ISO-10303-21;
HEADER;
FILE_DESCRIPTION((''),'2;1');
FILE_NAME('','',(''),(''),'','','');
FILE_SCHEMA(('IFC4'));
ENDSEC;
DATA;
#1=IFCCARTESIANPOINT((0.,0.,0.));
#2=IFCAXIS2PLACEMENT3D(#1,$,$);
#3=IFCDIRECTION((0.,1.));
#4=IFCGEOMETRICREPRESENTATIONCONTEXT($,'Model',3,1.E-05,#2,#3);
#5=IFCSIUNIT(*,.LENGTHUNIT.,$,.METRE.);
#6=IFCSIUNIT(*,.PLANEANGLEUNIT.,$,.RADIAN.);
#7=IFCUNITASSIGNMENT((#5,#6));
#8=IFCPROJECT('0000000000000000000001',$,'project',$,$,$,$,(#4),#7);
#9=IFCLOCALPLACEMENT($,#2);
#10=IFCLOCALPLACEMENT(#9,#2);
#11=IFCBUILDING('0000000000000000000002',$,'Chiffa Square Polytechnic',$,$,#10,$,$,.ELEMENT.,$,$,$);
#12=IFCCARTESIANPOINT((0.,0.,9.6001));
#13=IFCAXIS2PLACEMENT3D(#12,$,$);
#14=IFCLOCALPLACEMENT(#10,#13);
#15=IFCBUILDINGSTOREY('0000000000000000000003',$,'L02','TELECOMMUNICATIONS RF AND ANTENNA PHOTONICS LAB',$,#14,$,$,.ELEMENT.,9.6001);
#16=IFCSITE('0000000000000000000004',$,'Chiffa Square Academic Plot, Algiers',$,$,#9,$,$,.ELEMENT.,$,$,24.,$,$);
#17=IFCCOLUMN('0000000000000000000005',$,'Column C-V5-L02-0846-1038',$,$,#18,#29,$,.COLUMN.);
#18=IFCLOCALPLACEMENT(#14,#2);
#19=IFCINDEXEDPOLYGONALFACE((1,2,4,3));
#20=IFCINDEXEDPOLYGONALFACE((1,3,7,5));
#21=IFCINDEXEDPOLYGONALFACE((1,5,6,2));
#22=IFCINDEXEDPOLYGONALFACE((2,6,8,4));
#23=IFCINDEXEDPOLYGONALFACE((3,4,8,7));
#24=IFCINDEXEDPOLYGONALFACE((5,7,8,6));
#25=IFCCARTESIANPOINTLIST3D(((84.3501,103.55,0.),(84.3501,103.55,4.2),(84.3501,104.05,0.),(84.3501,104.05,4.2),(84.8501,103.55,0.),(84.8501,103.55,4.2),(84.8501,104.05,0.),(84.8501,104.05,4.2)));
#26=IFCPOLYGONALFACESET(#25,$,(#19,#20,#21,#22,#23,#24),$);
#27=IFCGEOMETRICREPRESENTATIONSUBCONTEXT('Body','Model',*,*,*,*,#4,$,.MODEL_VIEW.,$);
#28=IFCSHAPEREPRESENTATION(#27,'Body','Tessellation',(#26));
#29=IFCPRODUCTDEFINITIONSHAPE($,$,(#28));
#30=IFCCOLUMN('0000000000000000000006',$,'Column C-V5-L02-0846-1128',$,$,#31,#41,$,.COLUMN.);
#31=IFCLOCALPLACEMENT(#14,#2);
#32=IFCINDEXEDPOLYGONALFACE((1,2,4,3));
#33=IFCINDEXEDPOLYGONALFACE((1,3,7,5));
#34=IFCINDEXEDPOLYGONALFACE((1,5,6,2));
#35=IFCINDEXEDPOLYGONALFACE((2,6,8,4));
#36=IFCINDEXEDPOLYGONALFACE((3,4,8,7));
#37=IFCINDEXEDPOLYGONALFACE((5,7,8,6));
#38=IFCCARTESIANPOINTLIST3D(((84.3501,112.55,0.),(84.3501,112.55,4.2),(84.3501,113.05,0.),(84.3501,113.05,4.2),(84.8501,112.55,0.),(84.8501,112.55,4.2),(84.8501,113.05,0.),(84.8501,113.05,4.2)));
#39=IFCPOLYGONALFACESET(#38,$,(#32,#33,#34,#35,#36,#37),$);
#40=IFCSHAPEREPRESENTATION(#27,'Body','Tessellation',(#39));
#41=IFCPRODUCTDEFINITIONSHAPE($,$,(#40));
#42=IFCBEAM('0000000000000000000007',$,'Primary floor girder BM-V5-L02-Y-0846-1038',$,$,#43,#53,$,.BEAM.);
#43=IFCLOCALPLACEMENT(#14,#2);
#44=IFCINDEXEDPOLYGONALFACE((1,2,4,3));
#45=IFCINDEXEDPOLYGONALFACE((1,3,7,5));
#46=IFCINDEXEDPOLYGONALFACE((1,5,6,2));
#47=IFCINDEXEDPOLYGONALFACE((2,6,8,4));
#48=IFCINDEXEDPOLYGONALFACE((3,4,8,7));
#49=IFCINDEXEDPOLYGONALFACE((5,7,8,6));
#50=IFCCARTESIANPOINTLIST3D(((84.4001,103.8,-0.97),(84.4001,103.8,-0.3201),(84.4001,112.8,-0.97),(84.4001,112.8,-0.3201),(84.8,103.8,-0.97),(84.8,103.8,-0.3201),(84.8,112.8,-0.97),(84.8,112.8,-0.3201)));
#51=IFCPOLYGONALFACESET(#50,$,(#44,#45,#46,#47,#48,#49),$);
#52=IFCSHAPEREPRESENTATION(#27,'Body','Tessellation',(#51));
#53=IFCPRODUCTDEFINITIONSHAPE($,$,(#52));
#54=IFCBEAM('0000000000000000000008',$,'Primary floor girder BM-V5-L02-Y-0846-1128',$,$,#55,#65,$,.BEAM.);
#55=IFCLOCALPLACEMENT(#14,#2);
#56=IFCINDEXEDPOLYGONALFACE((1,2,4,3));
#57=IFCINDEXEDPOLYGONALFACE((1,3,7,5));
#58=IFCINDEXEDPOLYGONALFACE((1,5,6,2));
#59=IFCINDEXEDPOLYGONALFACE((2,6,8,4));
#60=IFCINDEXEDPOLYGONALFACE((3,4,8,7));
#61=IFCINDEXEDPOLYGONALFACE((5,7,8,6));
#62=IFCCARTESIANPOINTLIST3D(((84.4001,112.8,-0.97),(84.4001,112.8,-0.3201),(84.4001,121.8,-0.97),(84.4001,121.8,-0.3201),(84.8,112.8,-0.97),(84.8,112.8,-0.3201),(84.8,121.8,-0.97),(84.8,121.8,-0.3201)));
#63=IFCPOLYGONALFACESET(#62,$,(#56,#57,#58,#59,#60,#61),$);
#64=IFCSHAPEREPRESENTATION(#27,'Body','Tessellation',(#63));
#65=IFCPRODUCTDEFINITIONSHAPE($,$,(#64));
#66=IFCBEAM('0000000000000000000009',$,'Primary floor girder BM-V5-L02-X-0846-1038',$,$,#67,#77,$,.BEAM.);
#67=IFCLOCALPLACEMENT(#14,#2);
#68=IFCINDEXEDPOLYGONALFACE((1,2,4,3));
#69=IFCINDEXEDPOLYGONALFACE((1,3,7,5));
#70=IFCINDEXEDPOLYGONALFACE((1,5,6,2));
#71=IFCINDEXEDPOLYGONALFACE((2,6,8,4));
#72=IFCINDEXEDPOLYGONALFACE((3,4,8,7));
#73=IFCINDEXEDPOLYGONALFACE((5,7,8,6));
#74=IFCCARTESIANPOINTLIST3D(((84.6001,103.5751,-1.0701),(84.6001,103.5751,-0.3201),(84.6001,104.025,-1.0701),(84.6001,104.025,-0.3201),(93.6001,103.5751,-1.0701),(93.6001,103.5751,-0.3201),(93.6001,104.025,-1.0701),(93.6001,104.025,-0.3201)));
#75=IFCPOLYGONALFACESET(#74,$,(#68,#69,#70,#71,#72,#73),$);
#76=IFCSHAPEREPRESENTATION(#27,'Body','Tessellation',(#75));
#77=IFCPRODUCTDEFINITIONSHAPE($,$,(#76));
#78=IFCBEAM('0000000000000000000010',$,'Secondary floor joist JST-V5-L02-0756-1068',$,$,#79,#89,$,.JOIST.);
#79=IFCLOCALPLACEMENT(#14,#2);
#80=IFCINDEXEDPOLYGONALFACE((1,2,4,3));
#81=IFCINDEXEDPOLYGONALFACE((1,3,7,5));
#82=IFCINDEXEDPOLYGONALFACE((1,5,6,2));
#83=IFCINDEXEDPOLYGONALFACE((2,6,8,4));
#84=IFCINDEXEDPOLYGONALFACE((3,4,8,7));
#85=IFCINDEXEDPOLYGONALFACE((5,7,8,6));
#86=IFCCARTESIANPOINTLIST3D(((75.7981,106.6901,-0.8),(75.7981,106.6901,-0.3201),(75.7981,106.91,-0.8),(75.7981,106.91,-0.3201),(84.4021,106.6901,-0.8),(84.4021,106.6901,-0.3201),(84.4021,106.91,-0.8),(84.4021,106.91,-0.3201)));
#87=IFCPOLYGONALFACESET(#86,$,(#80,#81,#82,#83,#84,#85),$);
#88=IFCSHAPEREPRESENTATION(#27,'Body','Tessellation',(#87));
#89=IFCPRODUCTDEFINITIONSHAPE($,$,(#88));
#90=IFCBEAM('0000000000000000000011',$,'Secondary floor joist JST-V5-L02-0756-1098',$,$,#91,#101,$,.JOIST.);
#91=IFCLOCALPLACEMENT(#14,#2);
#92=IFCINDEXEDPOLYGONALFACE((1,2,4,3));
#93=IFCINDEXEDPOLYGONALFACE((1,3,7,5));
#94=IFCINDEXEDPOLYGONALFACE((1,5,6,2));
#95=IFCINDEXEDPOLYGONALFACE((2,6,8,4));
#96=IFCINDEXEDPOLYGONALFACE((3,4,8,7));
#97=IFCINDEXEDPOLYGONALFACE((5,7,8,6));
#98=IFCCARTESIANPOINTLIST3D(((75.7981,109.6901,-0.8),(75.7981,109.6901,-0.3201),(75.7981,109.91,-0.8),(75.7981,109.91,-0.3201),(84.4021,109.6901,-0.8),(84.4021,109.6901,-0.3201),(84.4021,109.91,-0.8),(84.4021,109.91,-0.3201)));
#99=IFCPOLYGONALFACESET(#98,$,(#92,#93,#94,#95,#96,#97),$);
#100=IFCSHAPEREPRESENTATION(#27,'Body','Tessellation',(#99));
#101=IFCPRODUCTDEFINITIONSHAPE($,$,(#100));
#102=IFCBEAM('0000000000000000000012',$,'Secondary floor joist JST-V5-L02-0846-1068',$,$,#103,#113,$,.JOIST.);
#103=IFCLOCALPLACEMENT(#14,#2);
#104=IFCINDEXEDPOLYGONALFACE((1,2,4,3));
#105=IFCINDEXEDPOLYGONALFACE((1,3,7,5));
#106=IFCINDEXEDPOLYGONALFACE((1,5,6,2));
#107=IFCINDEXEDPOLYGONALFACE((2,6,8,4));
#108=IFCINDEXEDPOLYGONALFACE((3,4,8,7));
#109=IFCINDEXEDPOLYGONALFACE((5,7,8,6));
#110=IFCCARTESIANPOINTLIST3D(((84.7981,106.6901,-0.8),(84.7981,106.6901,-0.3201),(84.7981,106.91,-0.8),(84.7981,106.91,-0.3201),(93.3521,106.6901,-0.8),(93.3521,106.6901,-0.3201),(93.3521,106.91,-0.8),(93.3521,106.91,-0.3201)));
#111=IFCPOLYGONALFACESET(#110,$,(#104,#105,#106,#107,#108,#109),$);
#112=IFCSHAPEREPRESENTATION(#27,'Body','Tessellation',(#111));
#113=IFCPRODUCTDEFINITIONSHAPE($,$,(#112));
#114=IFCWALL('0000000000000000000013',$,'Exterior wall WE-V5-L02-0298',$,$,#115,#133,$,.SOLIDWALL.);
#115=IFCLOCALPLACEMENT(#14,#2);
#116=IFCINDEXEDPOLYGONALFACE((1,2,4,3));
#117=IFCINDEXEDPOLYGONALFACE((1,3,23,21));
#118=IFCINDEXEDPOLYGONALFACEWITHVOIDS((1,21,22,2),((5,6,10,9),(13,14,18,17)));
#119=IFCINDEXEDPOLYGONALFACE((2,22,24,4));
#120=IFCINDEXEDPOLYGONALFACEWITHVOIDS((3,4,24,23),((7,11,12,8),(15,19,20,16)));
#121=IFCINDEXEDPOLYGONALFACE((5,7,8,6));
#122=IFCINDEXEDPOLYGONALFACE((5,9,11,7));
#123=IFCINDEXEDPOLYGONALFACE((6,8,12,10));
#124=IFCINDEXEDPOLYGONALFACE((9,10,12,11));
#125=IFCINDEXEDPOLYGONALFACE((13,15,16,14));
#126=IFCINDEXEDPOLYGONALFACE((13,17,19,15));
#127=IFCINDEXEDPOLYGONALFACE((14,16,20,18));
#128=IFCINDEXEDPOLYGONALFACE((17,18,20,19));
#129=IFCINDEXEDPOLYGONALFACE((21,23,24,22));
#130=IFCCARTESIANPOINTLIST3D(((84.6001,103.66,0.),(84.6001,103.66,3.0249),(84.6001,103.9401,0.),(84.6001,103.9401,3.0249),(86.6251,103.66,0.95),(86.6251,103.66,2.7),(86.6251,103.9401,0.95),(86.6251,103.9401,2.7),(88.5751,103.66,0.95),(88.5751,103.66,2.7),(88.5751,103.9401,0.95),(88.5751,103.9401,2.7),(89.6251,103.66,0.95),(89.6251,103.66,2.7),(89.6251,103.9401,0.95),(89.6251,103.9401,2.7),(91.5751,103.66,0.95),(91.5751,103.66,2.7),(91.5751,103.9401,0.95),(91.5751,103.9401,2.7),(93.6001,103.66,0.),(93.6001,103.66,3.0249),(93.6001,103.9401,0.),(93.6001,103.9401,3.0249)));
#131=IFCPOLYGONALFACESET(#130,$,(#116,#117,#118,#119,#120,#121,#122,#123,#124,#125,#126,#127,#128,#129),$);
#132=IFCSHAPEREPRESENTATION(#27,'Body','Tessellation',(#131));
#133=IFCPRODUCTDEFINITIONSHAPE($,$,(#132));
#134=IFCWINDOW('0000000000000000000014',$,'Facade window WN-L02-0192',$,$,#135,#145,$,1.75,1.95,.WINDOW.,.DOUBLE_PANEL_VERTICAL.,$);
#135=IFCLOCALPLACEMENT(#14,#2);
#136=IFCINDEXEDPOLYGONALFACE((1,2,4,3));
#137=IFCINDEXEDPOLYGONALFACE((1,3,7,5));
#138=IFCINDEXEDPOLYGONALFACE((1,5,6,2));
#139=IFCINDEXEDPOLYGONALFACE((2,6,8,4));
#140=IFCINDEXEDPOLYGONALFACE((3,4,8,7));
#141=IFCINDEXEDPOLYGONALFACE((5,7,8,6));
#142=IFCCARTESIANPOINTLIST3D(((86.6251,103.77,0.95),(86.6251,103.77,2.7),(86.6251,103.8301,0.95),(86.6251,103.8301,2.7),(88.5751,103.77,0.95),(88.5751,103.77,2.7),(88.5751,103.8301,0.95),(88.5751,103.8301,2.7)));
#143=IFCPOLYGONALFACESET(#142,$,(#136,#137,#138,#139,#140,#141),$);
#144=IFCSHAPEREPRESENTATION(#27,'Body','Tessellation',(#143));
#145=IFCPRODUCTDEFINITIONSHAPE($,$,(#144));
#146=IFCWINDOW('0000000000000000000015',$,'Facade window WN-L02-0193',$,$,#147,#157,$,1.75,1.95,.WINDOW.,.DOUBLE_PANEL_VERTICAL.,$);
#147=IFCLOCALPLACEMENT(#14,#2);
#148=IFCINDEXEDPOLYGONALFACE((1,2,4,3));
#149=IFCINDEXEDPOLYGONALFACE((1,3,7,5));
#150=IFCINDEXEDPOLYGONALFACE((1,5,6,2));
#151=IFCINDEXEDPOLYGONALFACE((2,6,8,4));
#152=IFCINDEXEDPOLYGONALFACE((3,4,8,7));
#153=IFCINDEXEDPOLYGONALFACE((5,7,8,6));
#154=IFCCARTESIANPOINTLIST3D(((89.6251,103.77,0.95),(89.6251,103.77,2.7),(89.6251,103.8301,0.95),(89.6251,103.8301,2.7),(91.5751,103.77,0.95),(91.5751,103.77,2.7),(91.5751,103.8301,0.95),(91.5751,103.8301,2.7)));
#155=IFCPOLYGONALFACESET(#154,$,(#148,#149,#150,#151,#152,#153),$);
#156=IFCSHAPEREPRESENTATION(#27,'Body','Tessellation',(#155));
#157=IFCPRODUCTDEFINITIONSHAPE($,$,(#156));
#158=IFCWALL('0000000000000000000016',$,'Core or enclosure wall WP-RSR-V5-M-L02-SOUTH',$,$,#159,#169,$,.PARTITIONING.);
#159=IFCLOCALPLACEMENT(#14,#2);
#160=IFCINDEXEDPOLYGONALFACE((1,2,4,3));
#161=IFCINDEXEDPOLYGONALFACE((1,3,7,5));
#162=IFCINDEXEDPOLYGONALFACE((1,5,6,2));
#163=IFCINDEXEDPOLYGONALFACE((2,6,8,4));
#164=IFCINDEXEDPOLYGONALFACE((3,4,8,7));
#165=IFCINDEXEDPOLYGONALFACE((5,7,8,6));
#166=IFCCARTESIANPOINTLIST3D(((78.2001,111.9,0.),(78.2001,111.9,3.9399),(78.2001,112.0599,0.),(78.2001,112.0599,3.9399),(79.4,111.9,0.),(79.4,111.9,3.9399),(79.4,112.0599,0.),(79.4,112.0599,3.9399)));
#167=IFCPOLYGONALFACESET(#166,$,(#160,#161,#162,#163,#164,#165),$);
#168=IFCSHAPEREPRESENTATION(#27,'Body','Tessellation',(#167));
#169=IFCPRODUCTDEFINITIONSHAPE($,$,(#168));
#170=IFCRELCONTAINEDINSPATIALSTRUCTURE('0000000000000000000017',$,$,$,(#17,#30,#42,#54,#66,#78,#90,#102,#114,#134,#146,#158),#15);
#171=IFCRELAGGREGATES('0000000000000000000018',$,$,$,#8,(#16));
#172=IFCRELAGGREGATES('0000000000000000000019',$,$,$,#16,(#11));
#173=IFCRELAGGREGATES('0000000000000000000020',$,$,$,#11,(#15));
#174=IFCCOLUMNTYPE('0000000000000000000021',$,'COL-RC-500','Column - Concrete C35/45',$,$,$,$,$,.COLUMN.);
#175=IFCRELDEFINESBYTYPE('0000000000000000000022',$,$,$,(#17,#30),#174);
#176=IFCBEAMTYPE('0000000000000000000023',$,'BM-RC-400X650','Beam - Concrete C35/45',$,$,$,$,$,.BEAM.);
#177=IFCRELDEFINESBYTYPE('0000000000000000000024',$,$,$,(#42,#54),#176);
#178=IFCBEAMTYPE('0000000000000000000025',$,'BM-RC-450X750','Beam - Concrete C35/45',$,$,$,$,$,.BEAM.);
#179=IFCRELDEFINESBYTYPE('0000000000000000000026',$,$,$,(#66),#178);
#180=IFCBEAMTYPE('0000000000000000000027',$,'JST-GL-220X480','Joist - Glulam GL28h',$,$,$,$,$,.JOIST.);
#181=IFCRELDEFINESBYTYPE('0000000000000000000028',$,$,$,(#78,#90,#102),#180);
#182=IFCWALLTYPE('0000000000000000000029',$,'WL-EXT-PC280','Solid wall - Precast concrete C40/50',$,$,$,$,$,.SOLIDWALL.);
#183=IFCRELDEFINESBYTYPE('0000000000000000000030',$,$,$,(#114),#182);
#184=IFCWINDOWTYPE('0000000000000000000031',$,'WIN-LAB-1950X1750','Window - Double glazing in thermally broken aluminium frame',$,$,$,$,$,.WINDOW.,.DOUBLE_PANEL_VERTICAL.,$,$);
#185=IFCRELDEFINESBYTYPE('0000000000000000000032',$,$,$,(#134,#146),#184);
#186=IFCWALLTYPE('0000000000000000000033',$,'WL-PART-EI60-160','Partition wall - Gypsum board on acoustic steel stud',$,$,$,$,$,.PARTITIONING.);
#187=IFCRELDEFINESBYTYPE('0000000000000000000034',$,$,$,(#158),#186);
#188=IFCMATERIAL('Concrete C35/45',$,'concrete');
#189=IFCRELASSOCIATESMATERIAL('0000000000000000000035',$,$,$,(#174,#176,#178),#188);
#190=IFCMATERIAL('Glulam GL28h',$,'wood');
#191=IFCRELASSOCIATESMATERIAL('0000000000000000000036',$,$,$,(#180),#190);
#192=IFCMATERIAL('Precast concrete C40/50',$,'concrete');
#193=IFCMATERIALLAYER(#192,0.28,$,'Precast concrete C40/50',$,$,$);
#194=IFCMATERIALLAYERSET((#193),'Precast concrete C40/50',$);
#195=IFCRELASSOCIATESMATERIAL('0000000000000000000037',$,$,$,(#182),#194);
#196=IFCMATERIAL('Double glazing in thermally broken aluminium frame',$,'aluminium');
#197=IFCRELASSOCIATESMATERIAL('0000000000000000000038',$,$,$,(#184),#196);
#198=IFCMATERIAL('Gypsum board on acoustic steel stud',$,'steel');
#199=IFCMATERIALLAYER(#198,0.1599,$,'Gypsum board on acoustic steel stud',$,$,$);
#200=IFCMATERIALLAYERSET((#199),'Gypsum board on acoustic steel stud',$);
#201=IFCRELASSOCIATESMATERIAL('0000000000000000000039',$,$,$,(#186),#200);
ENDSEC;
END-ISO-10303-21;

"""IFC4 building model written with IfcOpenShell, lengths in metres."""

from ifc_helpers import new_model, si_unit, direction, frame, frame_2d, origin, origin_2d, place, context, subcontext, project, spatial, rectangle, extrude, material, layer, layer_set, material_profile, profile_set, type_object, element, fill, save


model = new_model("IFC4")

# Units and contexts
model_context = context("Model", 3, precision=1e-05, world=origin(), true_north=direction((0.0, 1.0)))
body_context = subcontext(model_context, "Body", "Model", "MODEL_VIEW")
ifc_project = project(units=[si_unit("LENGTHUNIT", "METRE"), si_unit("PLANEANGLEUNIT", "RADIAN")], contexts=[model_context])

# Site, building, storey
site_placement = place(None, origin())
site = spatial("IfcSite", under=ifc_project, at=site_placement, Name="Chiffa Square Academic Plot, Algiers", CompositionType="ELEMENT", RefElevation=24.0)
building_placement = place(site_placement, origin())
building = spatial("IfcBuilding", under=site, at=building_placement, Name="Chiffa Square Polytechnic", CompositionType="ELEMENT")
storey_placement = place(building_placement, frame((0.0, 0.0, 9.6001)))
storey = spatial("IfcBuildingStorey", under=building, at=storey_placement, Name="L02", Description="TELECOMMUNICATIONS RF AND ANTENNA PHOTONICS LAB", CompositionType="ELEMENT", Elevation=9.6001)

# Columns
ifc_material_1 = material(Name="Concrete C35/45", Category="concrete")
ifc_material_profile_1 = material_profile(ifc_material_1, rectangle(XDim=0.5, YDim=0.5, at=origin_2d()), Name="RC 500x500")
ifc_profile_set_1 = profile_set([ifc_material_profile_1], Name="Concrete C35/45")
column_type = type_object("IfcColumnType", Name="COL-RC-500", Description="Column - Concrete C35/45", PredefinedType="COLUMN", material=ifc_profile_set_1)
for number, where, z_axis, x_axis, name in (
    (1, (84.6001, 103.8, 0.0), (0.0, 0.0, 1.0), (1.0, 0.0, 0.0), "Column C-V5-L02-0846-1038"),
    (2, (84.6001, 112.8, 0.0), (0.0, 0.0, 1.0), (1.0, 0.0, 0.0), "Column C-V5-L02-0846-1128"),
):
    element("IfcColumn", number, at=place(storey_placement, frame(where, z_axis=z_axis, x_axis=x_axis)), inside=storey, type_object=column_type, Name=name, PredefinedType="COLUMN", context=body_context, shape_type="SweptSolid", body=[
        extrude(rectangle(XDim=0.5, YDim=0.5, at=origin_2d()), origin(), (0.0, 0.0, 1.0), 4.2),
    ])

# Beams
ifc_material_profile_2 = material_profile(ifc_material_1, rectangle(XDim=0.3999, YDim=0.6499, at=origin_2d()), Name="RC 400x650")
ifc_profile_set_2 = profile_set([ifc_material_profile_2], Name="Concrete C35/45")
beam_type_1 = type_object("IfcBeamType", Name="BM-RC-400X650", Description="Beam - Concrete C35/45", PredefinedType="BEAM", material=ifc_profile_set_2)
for number, where, z_axis, x_axis, name in (
    (3, (84.6001, 103.8, -0.645), (0.0, 1.0, 0.0), (-1.0, 0.0, 0.0), "Primary floor girder BM-V5-L02-Y-0846-1038"),
    (4, (84.6001, 112.8, -0.645), (0.0, 1.0, 0.0), (-1.0, 0.0, 0.0), "Primary floor girder BM-V5-L02-Y-0846-1128"),
):
    element("IfcBeam", number, at=place(storey_placement, frame(where, z_axis=z_axis, x_axis=x_axis)), inside=storey, type_object=beam_type_1, Name=name, PredefinedType="BEAM", context=body_context, shape_type="SweptSolid", body=[
        extrude(rectangle(XDim=0.3999, YDim=0.6499, at=origin_2d()), origin(), (0.0, 0.0, 1.0), 9.0),
    ])
ifc_material_profile_3 = material_profile(ifc_material_1, rectangle(XDim=0.45, YDim=0.75, at=origin_2d()), Name="RC 450x750")
ifc_profile_set_3 = profile_set([ifc_material_profile_3], Name="Concrete C35/45")
beam_type_2 = type_object("IfcBeamType", Name="BM-RC-450X750", Description="Beam - Concrete C35/45", PredefinedType="BEAM", material=ifc_profile_set_3)
beam_1_placement = place(storey_placement, frame((84.6001, 103.8, -0.6951), z_axis=(1.0, 0.0, 0.0), x_axis=(0.0, 1.0, 0.0)))
element("IfcBeam", 5, at=beam_1_placement, inside=storey, type_object=beam_type_2, Name="Primary floor girder BM-V5-L02-X-0846-1038", PredefinedType="BEAM", context=body_context, shape_type="SweptSolid", body=[
    extrude(rectangle(XDim=0.45, YDim=0.75, at=origin_2d()), origin(), (0.0, 0.0, 1.0), 9.0),
])
ifc_material_2 = material(Name="Glulam GL28h", Category="wood")
ifc_material_profile_4 = material_profile(ifc_material_2, rectangle(XDim=0.22, YDim=0.48, at=origin_2d()), Name="GL28h 220x480")
ifc_profile_set_4 = profile_set([ifc_material_profile_4], Name="Glulam GL28h")
beam_type_3 = type_object("IfcBeamType", Name="JST-GL-220X480", Description="Joist - Glulam GL28h", PredefinedType="JOIST", material=ifc_profile_set_4)
for number, where, z_axis, x_axis, name in (
    (6, (75.7981, 106.8, -0.5601), (1.0, 0.0, 0.0), (0.0, 1.0, 0.0), "Secondary floor joist JST-V5-L02-0756-1068"),
    (7, (75.7981, 109.8, -0.5601), (1.0, 0.0, 0.0), (0.0, 1.0, 0.0), "Secondary floor joist JST-V5-L02-0756-1098"),
):
    element("IfcBeam", number, at=place(storey_placement, frame(where, z_axis=z_axis, x_axis=x_axis)), inside=storey, type_object=beam_type_3, Name=name, PredefinedType="JOIST", context=body_context, shape_type="SweptSolid", body=[
        extrude(rectangle(XDim=0.22, YDim=0.48, at=origin_2d()), origin(), (0.0, 0.0, 1.0), 8.604),
    ])
beam_2_placement = place(storey_placement, frame((84.7981, 106.8, -0.5601), z_axis=(1.0, 0.0, 0.0), x_axis=(0.0, 1.0, 0.0)))
element("IfcBeam", 8, at=beam_2_placement, inside=storey, type_object=beam_type_3, Name="Secondary floor joist JST-V5-L02-0846-1068", PredefinedType="JOIST", context=body_context, shape_type="SweptSolid", body=[
    extrude(rectangle(XDim=0.22, YDim=0.48, at=origin_2d()), origin(), (0.0, 0.0, 1.0), 8.554),
])

# Wall, openings, windows
ifc_material_3 = material(Name="Precast concrete C40/50", Category="concrete")
ifc_layer_1 = layer(ifc_material_3, 0.28, Name="Precast concrete C40/50")
ifc_layer_set_1 = layer_set([ifc_layer_1], Name="Precast concrete C40/50")
wall_type_1 = type_object("IfcWallType", Name="WL-EXT-PC280", Description="Solid wall - Precast concrete C40/50", PredefinedType="SOLIDWALL", material=ifc_layer_set_1)
wall_1_placement = place(storey_placement, frame((84.6001, 103.8, 0.0), z_axis=(0.0, 0.0, 1.0), x_axis=(1.0, 0.0, 0.0)))
wall_1 = element("IfcWall", 9, at=wall_1_placement, inside=storey, type_object=wall_type_1, Name="Exterior wall WE-V5-L02-0298", PredefinedType="SOLIDWALL", context=body_context, shape_type="SweptSolid", body=[
    extrude(rectangle(XDim=9.0, YDim=0.28, at=frame_2d((4.5, 0.0))), origin(), (0.0, 0.0, 1.0), 3.0249),
])
opening_1_placement = place(wall_1_placement, frame((2.0249, 0.0, 0.95)))
opening_1 = element("IfcOpeningElement", 10, at=opening_1_placement, cuts=wall_1, PredefinedType="OPENING", context=body_context, shape_type="SweptSolid", body=[
    extrude(rectangle(XDim=1.95, YDim=1.75, at=frame_2d((0.9751, 0.875))), frame((0.0, 0.1499, 0.0), z_axis=(0.0, -1.0, 0.0), x_axis=(1.0, 0.0, 0.0)), (0.0, 0.0, 1.0), 0.3),
])
opening_2_placement = place(wall_1_placement, frame((5.0249, 0.0, 0.95)))
opening_2 = element("IfcOpeningElement", 11, at=opening_2_placement, cuts=wall_1, PredefinedType="OPENING", context=body_context, shape_type="SweptSolid", body=[
    extrude(rectangle(XDim=1.95, YDim=1.75, at=frame_2d((0.9751, 0.875))), frame((0.0, 0.1499, 0.0), z_axis=(0.0, -1.0, 0.0), x_axis=(1.0, 0.0, 0.0)), (0.0, 0.0, 1.0), 0.3),
])
ifc_material_4 = material(Name="Double glazing in thermally broken aluminium frame", Category="aluminium")
window_type = type_object("IfcWindowType", Name="WIN-LAB-1950X1750", Description="Window - Double glazing in thermally broken aluminium frame", PartitioningType="DOUBLE_PANEL_VERTICAL", PredefinedType="WINDOW", material=ifc_material_4)
window_1_placement = place(opening_1_placement, origin())
window_1 = element("IfcWindow", 12, at=window_1_placement, inside=storey, type_object=window_type, Name="Facade window WN-L02-0192", OverallHeight=1.75, OverallWidth=1.95, PartitioningType="DOUBLE_PANEL_VERTICAL", PredefinedType="WINDOW", context=body_context, shape_type="SweptSolid", body=[
    extrude(rectangle(XDim=1.95, YDim=1.75, at=frame_2d((0.9751, 0.875))), frame((0.0, 0.03, 0.0), z_axis=(0.0, -1.0, 0.0), x_axis=(1.0, 0.0, 0.0)), (0.0, 0.0, 1.0), 0.0601),
])
fill(opening_1, window_1)
window_2_placement = place(opening_2_placement, origin())
window_2 = element("IfcWindow", 13, at=window_2_placement, inside=storey, type_object=window_type, Name="Facade window WN-L02-0193", OverallHeight=1.75, OverallWidth=1.95, PartitioningType="DOUBLE_PANEL_VERTICAL", PredefinedType="WINDOW", context=body_context, shape_type="SweptSolid", body=[
    extrude(rectangle(XDim=1.95, YDim=1.75, at=frame_2d((0.9751, 0.875))), frame((0.0, 0.03, 0.0), z_axis=(0.0, -1.0, 0.0), x_axis=(1.0, 0.0, 0.0)), (0.0, 0.0, 1.0), 0.0601),
])
fill(opening_2, window_2)

# Wall
ifc_material_5 = material(Name="Gypsum board on acoustic steel stud", Category="steel")
ifc_layer_2 = layer(ifc_material_5, 0.1599, Name="Gypsum board on acoustic steel stud")
ifc_layer_set_2 = layer_set([ifc_layer_2], Name="Gypsum board on acoustic steel stud")
wall_type_2 = type_object("IfcWallType", Name="WL-PART-EI60-160", Description="Partition wall - Gypsum board on acoustic steel stud", PredefinedType="PARTITIONING", material=ifc_layer_set_2)
wall_2_placement = place(storey_placement, frame((78.2, 111.98, 0.0), z_axis=(0.0, 0.0, 1.0), x_axis=(1.0, 0.0, 0.0)))
element("IfcWall", 14, at=wall_2_placement, inside=storey, type_object=wall_type_2, Name="Core or enclosure wall WP-RSR-V5-M-L02-SOUTH", PredefinedType="PARTITIONING", context=body_context, shape_type="SweptSolid", body=[
    extrude(rectangle(XDim=1.2, YDim=0.1599, at=frame_2d((0.6001, 0.0))), origin(), (0.0, 0.0, 1.0), 3.9399),
])

save(model, "model.ifc")
